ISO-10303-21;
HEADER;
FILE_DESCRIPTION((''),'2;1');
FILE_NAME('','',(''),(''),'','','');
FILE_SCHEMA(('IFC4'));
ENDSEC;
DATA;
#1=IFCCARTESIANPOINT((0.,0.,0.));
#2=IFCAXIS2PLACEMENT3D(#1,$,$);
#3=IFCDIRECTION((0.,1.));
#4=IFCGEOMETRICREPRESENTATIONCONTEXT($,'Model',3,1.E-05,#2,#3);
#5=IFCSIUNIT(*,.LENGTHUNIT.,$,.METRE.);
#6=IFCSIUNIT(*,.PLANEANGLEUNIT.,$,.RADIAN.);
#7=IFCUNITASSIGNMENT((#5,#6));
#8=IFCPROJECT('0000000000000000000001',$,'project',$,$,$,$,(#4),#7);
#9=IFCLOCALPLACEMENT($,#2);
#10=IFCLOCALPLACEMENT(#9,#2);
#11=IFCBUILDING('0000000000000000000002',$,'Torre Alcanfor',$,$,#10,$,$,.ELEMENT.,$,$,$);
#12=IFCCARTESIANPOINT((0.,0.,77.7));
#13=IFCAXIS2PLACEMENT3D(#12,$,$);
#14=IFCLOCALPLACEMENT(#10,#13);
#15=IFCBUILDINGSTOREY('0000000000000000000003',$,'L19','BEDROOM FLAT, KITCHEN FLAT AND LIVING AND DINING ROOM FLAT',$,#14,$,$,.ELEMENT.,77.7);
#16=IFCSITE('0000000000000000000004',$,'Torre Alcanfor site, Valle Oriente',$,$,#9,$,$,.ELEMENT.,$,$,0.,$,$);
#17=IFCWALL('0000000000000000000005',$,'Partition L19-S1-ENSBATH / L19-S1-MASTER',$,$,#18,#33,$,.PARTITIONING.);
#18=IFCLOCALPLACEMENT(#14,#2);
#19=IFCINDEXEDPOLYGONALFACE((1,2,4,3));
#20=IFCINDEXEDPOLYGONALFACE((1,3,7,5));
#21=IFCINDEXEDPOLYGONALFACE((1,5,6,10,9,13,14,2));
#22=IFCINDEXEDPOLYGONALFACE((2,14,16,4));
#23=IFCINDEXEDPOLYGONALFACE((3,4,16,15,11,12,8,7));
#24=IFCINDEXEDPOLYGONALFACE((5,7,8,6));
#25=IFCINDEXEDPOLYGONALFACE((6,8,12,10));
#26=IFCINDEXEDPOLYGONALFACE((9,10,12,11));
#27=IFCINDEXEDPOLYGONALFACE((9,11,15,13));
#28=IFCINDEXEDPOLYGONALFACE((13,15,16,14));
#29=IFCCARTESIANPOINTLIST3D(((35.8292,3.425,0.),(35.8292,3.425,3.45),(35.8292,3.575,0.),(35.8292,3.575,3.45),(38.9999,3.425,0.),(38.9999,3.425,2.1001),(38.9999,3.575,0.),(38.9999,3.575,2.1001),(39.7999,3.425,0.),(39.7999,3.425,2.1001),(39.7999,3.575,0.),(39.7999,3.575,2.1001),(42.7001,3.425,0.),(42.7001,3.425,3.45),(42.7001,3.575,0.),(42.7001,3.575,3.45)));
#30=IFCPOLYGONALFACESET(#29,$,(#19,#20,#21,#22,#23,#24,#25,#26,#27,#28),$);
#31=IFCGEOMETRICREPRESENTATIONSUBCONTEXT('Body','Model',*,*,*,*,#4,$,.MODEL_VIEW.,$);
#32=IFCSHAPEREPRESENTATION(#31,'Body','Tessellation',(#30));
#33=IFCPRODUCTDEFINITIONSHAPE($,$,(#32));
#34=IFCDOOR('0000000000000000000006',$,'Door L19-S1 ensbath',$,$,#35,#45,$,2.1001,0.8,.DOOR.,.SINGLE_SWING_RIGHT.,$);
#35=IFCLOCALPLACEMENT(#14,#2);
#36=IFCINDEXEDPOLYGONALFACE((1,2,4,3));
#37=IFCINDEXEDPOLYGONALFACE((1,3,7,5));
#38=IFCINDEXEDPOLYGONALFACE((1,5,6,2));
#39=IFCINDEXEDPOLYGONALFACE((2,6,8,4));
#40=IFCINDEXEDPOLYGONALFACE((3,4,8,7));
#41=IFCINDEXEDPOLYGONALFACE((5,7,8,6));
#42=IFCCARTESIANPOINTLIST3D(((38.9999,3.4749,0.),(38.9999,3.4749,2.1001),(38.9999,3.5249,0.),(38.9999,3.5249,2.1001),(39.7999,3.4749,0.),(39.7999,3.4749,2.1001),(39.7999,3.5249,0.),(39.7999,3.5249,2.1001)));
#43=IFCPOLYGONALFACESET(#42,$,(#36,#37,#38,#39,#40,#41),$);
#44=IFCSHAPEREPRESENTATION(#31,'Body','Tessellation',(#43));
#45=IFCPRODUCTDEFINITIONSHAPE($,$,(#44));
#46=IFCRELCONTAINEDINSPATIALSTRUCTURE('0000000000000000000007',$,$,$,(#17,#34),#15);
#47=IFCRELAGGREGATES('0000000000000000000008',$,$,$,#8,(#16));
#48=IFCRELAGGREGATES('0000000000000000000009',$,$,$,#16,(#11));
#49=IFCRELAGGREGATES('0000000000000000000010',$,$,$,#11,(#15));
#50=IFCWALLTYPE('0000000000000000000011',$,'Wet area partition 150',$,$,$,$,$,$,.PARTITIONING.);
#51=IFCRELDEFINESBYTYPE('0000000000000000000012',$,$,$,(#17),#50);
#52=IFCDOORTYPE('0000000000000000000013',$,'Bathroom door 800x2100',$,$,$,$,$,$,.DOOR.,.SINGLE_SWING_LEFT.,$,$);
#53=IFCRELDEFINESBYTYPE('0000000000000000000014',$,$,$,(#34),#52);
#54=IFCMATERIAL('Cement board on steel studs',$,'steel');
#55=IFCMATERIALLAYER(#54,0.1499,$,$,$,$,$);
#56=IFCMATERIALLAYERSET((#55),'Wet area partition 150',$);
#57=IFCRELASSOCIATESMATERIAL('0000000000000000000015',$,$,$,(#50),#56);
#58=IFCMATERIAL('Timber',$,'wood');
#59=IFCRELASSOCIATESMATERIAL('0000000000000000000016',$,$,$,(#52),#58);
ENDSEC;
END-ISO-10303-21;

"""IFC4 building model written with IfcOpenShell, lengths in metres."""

from ifc_helpers import new_model, si_unit, direction, frame, frame_2d, origin, place, context, subcontext, project, spatial, rectangle, extrude, material, layer, layer_set, type_object, element, fill, save


model = new_model("IFC4")

# Units and contexts
model_context = context("Model", 3, precision=1e-05, world=origin(), true_north=direction((0.0, 1.0)))
body_context = subcontext(model_context, "Body", "Model", "MODEL_VIEW")
ifc_project = project(units=[si_unit("LENGTHUNIT", "METRE"), si_unit("PLANEANGLEUNIT", "RADIAN")], contexts=[model_context])

# Site, building, storey
site_placement = place(None, origin())
site = spatial("IfcSite", under=ifc_project, at=site_placement, Name="Torre Alcanfor site, Valle Oriente", CompositionType="ELEMENT", RefElevation=0.0)
building_placement = place(site_placement, origin())
building = spatial("IfcBuilding", under=site, at=building_placement, Name="Torre Alcanfor", CompositionType="ELEMENT")
storey_placement = place(building_placement, frame((0.0, 0.0, 77.7)))
storey = spatial("IfcBuildingStorey", under=building, at=storey_placement, Name="L19", Description="BEDROOM FLAT, KITCHEN FLAT AND LIVING AND DINING ROOM FLAT", CompositionType="ELEMENT", Elevation=77.7)

# Shared definitions
ifc_material_1 = material(Name="Cement board on steel studs", Category="steel")
ifc_layer_1 = layer(ifc_material_1, 0.1499)
ifc_layer_set_1 = layer_set([ifc_layer_1], Name="Wet area partition 150")
wall_type_1 = type_object("IfcWallType", Name="Wet area partition 150", PredefinedType="PARTITIONING", material=ifc_layer_set_1)

# Wall, opening, door
wall_1_placement = place(storey_placement, frame((35.8291, 3.5, 0.0), z_axis=(0.0, 0.0, 1.0), x_axis=(1.0, 0.0, 0.0)))
wall_1 = element("IfcWall", 1, at=wall_1_placement, inside=storey, type_object=wall_type_1, Name="Partition L19-S1-ENSBATH / L19-S1-MASTER", PredefinedType="PARTITIONING", context=body_context, shape_type="SweptSolid", body=[
    extrude(rectangle(XDim=6.8708, YDim=0.1499, at=frame_2d((3.4355, 0.0))), origin(), (0.0, 0.0, 1.0), 3.45),
])
opening_1_placement = place(wall_1_placement, frame((3.1709, 0.0, 0.0)))
opening_1 = element("IfcOpeningElement", 2, at=opening_1_placement, cuts=wall_1, PredefinedType="OPENING", context=body_context, shape_type="SweptSolid", body=[
    extrude(rectangle(XDim=0.8, YDim=2.1001, at=frame_2d((0.3999, 1.05))), frame((0.0, 0.085, 0.0), z_axis=(0.0, -1.0, 0.0), x_axis=(1.0, 0.0, 0.0)), (0.0, 0.0, 1.0), 0.1699),
])
ifc_material_2 = material(Name="Timber", Category="wood")
door_type_1 = type_object("IfcDoorType", Name="Bathroom door 800x2100", OperationType="SINGLE_SWING_LEFT", PredefinedType="DOOR", material=ifc_material_2)
door_1_placement = place(opening_1_placement, origin())
door_1 = element("IfcDoor", 3, at=door_1_placement, inside=storey, type_object=door_type_1, Name="Door L19-S1 ensbath", OperationType="SINGLE_SWING_RIGHT", OverallHeight=2.1001, OverallWidth=0.8, PredefinedType="DOOR", context=body_context, shape_type="SweptSolid", body=[
    extrude(rectangle(XDim=0.8, YDim=2.1001, at=frame_2d((0.3999, 1.05))), frame((0.0, 0.0249, 0.0), z_axis=(0.0, -1.0, 0.0), x_axis=(1.0, 0.0, 0.0)), (0.0, 0.0, 1.0), 0.05),
])
fill(opening_1, door_1)

save(model, "model.ifc")
